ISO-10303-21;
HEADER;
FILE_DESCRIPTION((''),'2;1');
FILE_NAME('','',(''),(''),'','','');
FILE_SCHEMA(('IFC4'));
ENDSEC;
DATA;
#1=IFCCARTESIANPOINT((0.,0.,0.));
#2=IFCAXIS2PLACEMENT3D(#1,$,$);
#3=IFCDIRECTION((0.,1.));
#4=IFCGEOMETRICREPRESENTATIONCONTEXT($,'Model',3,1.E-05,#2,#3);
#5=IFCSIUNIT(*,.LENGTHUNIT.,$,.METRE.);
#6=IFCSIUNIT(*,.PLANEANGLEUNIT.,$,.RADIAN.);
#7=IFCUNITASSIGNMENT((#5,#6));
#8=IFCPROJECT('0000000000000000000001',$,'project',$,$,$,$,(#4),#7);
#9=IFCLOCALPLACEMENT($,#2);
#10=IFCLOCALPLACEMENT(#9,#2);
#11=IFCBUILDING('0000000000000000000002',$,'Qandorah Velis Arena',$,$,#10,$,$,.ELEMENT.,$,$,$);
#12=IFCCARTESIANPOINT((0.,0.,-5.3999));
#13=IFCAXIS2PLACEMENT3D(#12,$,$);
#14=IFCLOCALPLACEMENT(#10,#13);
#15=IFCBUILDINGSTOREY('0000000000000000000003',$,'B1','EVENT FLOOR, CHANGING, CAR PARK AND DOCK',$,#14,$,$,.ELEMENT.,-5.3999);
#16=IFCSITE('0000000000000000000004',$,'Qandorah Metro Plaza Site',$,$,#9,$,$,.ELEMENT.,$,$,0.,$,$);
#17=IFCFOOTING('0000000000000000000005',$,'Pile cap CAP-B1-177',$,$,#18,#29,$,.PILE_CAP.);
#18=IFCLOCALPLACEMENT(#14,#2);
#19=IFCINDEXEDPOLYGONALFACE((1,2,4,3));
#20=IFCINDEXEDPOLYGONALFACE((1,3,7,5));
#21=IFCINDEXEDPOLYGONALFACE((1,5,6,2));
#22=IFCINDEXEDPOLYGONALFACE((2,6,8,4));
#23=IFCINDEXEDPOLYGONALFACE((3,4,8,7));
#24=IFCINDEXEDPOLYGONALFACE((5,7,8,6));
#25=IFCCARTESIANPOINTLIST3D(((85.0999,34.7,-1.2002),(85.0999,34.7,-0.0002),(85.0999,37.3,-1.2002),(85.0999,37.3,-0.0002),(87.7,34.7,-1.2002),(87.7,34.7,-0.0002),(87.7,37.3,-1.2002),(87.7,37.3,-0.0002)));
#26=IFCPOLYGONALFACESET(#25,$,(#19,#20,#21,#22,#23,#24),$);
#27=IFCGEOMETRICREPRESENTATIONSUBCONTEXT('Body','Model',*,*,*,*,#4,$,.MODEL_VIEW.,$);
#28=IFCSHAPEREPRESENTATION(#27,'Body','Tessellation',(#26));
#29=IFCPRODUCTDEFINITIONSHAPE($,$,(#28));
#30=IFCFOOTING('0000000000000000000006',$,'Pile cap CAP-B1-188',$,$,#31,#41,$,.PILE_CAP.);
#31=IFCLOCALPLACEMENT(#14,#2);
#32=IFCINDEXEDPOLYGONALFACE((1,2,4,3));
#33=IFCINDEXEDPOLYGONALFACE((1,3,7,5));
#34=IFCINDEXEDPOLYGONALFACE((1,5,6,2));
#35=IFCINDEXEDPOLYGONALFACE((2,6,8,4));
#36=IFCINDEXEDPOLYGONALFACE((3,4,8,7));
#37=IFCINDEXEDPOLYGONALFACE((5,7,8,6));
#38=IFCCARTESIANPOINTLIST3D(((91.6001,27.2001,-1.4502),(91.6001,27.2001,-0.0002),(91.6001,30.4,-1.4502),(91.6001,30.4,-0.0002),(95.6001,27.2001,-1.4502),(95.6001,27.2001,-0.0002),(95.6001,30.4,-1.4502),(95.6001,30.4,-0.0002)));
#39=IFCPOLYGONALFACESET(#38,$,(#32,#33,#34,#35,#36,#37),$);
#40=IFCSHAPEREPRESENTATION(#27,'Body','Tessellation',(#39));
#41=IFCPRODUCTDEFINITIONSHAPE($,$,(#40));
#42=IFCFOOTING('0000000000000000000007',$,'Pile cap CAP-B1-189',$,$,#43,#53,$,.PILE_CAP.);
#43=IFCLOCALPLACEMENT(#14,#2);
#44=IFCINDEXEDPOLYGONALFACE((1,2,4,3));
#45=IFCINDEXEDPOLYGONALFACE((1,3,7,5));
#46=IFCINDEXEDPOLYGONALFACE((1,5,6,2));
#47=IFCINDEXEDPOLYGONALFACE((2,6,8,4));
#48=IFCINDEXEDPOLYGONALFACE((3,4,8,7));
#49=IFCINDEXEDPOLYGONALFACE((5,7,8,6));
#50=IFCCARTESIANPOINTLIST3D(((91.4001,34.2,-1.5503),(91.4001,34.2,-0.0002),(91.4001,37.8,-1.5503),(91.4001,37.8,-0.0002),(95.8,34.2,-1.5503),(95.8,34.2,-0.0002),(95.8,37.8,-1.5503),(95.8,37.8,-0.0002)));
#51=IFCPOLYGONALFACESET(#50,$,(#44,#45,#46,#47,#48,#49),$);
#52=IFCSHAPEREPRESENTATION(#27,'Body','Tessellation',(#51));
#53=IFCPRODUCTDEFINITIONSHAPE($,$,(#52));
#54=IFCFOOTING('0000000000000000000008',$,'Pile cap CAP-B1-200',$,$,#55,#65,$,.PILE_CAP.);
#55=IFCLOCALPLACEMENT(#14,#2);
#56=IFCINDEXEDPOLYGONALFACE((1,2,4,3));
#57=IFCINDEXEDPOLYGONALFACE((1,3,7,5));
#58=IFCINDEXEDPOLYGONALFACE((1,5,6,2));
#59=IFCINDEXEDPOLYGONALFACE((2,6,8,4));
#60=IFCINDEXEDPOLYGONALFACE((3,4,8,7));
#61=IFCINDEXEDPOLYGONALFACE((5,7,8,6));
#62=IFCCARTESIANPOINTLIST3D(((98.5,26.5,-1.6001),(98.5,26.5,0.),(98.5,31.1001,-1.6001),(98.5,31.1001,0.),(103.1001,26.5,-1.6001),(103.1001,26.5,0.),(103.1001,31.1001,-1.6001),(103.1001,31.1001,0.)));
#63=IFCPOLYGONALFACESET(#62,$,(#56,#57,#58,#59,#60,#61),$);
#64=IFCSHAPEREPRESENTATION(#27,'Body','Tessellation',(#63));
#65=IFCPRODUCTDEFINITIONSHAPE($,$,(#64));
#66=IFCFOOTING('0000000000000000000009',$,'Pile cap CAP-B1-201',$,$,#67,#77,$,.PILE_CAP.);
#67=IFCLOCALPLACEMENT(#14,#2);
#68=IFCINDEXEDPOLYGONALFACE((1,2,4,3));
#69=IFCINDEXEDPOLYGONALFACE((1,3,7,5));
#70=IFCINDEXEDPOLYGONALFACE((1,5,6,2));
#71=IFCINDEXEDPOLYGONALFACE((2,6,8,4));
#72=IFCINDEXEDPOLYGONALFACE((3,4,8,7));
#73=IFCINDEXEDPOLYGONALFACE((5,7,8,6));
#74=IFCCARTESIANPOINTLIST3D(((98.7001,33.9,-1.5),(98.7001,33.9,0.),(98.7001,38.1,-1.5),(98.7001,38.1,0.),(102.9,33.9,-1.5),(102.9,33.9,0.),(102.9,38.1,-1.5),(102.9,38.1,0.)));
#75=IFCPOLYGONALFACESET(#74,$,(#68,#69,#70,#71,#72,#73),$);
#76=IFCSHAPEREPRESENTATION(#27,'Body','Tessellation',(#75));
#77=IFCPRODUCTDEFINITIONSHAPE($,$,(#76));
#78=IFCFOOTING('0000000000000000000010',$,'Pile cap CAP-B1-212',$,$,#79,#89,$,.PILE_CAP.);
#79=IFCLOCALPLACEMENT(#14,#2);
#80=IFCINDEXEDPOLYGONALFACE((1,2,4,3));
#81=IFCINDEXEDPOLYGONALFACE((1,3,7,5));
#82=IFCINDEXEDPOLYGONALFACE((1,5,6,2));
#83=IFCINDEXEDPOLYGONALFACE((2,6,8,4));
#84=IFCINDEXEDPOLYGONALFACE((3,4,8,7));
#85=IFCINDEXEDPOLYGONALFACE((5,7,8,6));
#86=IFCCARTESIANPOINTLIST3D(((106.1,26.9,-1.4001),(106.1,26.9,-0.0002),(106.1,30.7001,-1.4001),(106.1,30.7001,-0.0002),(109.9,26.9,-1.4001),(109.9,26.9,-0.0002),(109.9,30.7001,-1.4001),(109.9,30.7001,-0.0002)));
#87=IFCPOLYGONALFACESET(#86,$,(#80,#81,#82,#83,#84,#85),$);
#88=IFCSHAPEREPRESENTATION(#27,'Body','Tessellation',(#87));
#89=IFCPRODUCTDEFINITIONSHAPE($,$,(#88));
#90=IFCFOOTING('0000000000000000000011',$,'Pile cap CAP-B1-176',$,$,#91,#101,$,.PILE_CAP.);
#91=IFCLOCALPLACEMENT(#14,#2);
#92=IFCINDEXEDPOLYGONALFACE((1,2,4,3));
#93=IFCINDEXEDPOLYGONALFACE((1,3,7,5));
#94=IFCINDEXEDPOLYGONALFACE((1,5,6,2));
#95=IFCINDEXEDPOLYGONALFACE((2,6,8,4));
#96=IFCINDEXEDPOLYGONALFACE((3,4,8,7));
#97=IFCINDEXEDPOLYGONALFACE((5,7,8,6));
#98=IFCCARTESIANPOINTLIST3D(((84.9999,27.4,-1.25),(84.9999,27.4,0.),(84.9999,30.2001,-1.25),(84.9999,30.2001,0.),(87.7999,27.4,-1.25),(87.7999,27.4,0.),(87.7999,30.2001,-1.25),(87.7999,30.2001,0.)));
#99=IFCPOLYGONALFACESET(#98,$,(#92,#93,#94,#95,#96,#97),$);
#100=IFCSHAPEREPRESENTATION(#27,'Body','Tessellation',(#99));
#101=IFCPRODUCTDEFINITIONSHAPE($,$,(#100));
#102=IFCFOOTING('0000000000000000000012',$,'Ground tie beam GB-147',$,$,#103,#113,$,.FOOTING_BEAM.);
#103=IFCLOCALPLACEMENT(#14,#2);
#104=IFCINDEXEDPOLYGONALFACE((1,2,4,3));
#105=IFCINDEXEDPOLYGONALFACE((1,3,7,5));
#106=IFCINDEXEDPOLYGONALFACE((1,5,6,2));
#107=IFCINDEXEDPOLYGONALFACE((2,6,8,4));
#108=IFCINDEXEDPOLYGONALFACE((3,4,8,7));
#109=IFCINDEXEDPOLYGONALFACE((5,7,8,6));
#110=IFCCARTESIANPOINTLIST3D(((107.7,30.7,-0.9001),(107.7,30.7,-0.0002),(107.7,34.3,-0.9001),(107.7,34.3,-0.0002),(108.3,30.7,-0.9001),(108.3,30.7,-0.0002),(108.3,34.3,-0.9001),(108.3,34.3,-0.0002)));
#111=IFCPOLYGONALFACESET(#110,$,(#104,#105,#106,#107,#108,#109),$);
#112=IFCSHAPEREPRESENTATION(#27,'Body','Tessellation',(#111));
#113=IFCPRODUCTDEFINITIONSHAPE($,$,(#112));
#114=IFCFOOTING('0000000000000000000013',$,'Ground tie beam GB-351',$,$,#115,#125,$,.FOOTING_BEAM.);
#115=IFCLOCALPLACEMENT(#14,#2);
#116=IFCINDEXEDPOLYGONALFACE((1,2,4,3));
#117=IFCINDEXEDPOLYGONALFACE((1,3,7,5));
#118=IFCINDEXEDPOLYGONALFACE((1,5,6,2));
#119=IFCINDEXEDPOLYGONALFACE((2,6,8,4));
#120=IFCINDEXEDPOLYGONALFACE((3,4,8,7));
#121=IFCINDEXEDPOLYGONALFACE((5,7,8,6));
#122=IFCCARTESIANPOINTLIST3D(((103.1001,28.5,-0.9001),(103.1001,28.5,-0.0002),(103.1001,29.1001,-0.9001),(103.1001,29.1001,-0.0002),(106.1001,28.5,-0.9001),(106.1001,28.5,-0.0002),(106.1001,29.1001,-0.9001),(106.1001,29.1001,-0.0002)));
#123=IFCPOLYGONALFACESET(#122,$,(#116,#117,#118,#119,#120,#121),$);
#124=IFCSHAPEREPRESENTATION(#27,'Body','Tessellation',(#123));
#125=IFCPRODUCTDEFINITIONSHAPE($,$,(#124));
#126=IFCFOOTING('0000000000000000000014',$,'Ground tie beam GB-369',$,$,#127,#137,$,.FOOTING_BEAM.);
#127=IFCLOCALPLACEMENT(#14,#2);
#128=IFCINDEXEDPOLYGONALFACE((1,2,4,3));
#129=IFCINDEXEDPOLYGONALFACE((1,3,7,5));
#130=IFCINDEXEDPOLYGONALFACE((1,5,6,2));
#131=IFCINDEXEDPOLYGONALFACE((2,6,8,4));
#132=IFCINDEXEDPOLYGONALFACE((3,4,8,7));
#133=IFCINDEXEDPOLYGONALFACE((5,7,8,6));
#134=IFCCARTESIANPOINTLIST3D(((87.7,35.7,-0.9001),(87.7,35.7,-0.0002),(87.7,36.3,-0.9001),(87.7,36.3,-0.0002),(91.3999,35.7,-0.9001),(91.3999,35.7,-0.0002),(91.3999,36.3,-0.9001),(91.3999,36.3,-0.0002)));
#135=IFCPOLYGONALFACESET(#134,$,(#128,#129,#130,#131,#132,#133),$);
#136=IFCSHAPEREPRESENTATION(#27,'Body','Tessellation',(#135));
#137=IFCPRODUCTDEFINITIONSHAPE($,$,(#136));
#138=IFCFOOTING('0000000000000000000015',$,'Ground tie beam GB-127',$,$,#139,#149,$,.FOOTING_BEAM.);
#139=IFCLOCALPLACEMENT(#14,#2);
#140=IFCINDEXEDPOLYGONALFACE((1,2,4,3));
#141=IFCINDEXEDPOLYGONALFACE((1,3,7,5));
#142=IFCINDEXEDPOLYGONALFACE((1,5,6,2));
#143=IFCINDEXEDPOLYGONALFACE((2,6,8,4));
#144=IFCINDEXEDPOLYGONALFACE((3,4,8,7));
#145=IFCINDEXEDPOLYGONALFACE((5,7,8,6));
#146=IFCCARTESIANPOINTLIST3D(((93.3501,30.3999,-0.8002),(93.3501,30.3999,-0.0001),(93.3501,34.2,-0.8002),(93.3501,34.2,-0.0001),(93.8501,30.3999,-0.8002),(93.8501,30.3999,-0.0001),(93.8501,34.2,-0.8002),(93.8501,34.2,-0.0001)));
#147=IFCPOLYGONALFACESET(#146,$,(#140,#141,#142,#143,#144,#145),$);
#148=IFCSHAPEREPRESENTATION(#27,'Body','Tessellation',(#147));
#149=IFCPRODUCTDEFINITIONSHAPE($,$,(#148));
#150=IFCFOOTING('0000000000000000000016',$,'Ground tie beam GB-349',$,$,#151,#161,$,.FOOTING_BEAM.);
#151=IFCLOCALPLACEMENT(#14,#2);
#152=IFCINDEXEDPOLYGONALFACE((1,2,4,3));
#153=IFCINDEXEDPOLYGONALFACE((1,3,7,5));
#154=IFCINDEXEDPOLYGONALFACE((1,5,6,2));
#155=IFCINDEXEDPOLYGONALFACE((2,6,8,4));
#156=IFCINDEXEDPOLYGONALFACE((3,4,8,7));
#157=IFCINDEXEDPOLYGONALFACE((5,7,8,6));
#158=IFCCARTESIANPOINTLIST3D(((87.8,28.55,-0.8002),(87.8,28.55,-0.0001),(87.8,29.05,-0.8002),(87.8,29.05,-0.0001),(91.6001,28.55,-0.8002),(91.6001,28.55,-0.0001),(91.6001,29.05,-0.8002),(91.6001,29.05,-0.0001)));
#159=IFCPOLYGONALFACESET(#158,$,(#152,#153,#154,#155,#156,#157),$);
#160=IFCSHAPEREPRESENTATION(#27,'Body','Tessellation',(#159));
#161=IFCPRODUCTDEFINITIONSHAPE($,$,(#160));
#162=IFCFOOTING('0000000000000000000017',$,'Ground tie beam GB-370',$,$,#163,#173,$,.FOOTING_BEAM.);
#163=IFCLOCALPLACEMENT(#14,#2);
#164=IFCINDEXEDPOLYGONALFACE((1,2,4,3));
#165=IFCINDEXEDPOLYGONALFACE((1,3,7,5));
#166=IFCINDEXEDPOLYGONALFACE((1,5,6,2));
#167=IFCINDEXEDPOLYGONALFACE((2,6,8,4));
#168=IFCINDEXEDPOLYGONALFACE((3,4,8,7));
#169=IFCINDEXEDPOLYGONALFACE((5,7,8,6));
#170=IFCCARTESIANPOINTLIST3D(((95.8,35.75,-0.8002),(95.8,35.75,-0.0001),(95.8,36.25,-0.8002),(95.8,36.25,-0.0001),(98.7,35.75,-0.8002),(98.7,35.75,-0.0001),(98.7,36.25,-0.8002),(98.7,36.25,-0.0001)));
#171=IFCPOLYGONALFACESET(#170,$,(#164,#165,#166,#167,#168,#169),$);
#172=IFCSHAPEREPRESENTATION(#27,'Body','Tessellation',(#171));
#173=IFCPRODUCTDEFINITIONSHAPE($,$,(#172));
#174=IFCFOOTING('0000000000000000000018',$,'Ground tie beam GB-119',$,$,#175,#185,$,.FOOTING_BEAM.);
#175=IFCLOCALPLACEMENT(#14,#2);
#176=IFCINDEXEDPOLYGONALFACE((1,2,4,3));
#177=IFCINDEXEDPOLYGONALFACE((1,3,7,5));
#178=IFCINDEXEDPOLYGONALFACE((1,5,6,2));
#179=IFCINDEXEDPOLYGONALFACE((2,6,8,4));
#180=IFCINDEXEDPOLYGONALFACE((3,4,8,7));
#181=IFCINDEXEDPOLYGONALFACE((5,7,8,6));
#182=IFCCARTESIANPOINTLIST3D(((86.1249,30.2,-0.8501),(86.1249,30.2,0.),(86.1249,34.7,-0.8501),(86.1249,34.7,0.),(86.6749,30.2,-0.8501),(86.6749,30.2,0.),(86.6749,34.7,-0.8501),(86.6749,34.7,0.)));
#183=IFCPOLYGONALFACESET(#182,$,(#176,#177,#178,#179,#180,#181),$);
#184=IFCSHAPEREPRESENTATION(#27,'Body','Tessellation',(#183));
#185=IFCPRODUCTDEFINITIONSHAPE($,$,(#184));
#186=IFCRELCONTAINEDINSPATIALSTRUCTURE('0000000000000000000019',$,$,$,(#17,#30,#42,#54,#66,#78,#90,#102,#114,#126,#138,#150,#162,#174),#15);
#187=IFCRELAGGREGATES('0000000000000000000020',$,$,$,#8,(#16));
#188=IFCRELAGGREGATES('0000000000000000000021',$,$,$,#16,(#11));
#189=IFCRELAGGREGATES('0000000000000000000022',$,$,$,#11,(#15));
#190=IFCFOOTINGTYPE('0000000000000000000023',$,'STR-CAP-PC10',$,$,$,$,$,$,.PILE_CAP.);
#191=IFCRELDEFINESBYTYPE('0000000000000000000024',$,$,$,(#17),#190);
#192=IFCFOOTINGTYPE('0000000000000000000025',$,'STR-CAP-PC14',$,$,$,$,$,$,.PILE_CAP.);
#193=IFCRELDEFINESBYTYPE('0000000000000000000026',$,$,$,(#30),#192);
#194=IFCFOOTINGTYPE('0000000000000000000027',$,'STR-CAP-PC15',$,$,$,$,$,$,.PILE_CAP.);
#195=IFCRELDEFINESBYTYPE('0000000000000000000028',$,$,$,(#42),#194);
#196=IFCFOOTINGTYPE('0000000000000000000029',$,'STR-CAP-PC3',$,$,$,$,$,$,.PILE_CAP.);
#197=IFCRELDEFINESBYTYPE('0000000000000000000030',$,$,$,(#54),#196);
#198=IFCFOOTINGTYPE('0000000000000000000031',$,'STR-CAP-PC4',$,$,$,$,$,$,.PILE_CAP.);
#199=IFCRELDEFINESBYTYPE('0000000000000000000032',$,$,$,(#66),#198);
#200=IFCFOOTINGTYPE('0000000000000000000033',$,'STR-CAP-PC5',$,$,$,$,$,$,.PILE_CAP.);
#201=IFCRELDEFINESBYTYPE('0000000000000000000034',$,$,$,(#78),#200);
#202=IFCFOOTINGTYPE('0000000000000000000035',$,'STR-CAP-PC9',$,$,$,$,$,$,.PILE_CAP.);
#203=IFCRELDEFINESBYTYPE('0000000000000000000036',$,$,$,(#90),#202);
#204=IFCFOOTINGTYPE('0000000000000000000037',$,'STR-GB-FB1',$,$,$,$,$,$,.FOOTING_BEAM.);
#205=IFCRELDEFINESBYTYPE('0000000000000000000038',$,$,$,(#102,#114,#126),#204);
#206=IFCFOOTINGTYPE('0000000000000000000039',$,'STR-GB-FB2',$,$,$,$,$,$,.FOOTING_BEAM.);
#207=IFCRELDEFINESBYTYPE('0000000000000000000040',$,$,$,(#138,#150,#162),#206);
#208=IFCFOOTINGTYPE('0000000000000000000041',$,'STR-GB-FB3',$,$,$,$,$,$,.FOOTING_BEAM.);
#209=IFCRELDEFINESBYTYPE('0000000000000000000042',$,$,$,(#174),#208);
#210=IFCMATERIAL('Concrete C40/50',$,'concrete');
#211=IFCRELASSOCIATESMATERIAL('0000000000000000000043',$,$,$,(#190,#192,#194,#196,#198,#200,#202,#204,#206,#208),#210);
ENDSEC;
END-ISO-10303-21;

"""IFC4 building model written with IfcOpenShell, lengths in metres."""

from ifc_helpers import new_model, si_unit, direction, frame, origin, origin_2d, place, context, subcontext, project, spatial, rectangle, extrude, material, material_profile, profile_set, type_object, element, save


model = new_model("IFC4")

# Units and contexts
model_context = context("Model", 3, precision=1e-05, world=origin(), true_north=direction((0.0, 1.0)))
body_context = subcontext(model_context, "Body", "Model", "MODEL_VIEW")
ifc_project = project(units=[si_unit("LENGTHUNIT", "METRE"), si_unit("PLANEANGLEUNIT", "RADIAN")], contexts=[model_context])

# Site, building, storey
site_placement = place(None, origin())
site = spatial("IfcSite", under=ifc_project, at=site_placement, Name="Qandorah Metro Plaza Site", CompositionType="ELEMENT", RefElevation=0.0)
building_placement = place(site_placement, origin())
building = spatial("IfcBuilding", under=site, at=building_placement, Name="Qandorah Velis Arena", CompositionType="ELEMENT")
storey_placement = place(building_placement, frame((0.0, 0.0, -5.3999)))
storey = spatial("IfcBuildingStorey", under=building, at=storey_placement, Name="B1", Description="EVENT FLOOR, CHANGING, CAR PARK AND DOCK", CompositionType="ELEMENT", Elevation=-5.3999)

# Footings
ifc_material_1 = material(Name="Concrete C40/50", Category="concrete")
footing_type_1 = type_object("IfcFootingType", Name="STR-CAP-PC10", PredefinedType="PILE_CAP", material=ifc_material_1)
footing_1_placement = place(storey_placement, frame((86.3999, 36.0, -1.2002), z_axis=(0.0, 0.0, 1.0), x_axis=(1.0, 0.0, 0.0)))
element("IfcFooting", 1, at=footing_1_placement, inside=storey, type_object=footing_type_1, Name="Pile cap CAP-B1-177", PredefinedType="PILE_CAP", context=body_context, shape_type="SweptSolid", body=[
    extrude(rectangle(XDim=2.6001, YDim=2.6001, at=origin_2d()), origin(), (0.0, 0.0, 1.0), 1.2),
])
footing_type_2 = type_object("IfcFootingType", Name="STR-CAP-PC14", PredefinedType="PILE_CAP", material=ifc_material_1)
footing_2_placement = place(storey_placement, frame((93.6001, 28.8, -1.4502), z_axis=(0.0, 0.0, 1.0), x_axis=(1.0, 0.0, 0.0)))
element("IfcFooting", 2, at=footing_2_placement, inside=storey, type_object=footing_type_2, Name="Pile cap CAP-B1-188", PredefinedType="PILE_CAP", context=body_context, shape_type="SweptSolid", body=[
    extrude(rectangle(XDim=4.0, YDim=3.2, at=origin_2d()), origin(), (0.0, 0.0, 1.0), 1.45),
])
footing_type_3 = type_object("IfcFootingType", Name="STR-CAP-PC15", PredefinedType="PILE_CAP", material=ifc_material_1)
footing_3_placement = place(storey_placement, frame((93.6001, 36.0, -1.5503), z_axis=(0.0, 0.0, 1.0), x_axis=(1.0, 0.0, 0.0)))
element("IfcFooting", 3, at=footing_3_placement, inside=storey, type_object=footing_type_3, Name="Pile cap CAP-B1-189", PredefinedType="PILE_CAP", context=body_context, shape_type="SweptSolid", body=[
    extrude(rectangle(XDim=4.3999, YDim=3.6001, at=origin_2d()), origin(), (0.0, 0.0, 1.0), 1.55),
])
footing_type_4 = type_object("IfcFootingType", Name="STR-CAP-PC3", PredefinedType="PILE_CAP", material=ifc_material_1)
footing_4_placement = place(storey_placement, frame((100.8, 28.8, -1.6001), z_axis=(0.0, 0.0, 1.0), x_axis=(1.0, 0.0, 0.0)))
element("IfcFooting", 4, at=footing_4_placement, inside=storey, type_object=footing_type_4, Name="Pile cap CAP-B1-200", PredefinedType="PILE_CAP", context=body_context, shape_type="SweptSolid", body=[
    extrude(rectangle(XDim=4.6001, YDim=4.6001, at=origin_2d()), origin(), (0.0, 0.0, 1.0), 1.6001),
])
footing_type_5 = type_object("IfcFootingType", Name="STR-CAP-PC4", PredefinedType="PILE_CAP", material=ifc_material_1)
footing_5_placement = place(storey_placement, frame((100.8, 36.0, -1.5), z_axis=(0.0, 0.0, 1.0), x_axis=(1.0, 0.0, 0.0)))
element("IfcFooting", 5, at=footing_5_placement, inside=storey, type_object=footing_type_5, Name="Pile cap CAP-B1-201", PredefinedType="PILE_CAP", context=body_context, shape_type="SweptSolid", body=[
    extrude(rectangle(XDim=4.2, YDim=4.2, at=origin_2d()), origin(), (0.0, 0.0, 1.0), 1.5),
])
footing_type_6 = type_object("IfcFootingType", Name="STR-CAP-PC5", PredefinedType="PILE_CAP", material=ifc_material_1)
footing_6_placement = place(storey_placement, frame((108.0, 28.8, -1.4001), z_axis=(0.0, 0.0, 1.0), x_axis=(1.0, 0.0, 0.0)))
element("IfcFooting", 6, at=footing_6_placement, inside=storey, type_object=footing_type_6, Name="Pile cap CAP-B1-212", PredefinedType="PILE_CAP", context=body_context, shape_type="SweptSolid", body=[
    extrude(rectangle(XDim=3.8, YDim=3.8, at=origin_2d()), origin(), (0.0, 0.0, 1.0), 1.3999),
])
footing_type_7 = type_object("IfcFootingType", Name="STR-CAP-PC9", PredefinedType="PILE_CAP", material=ifc_material_1)
footing_7_placement = place(storey_placement, frame((86.3999, 28.8, -1.25), z_axis=(0.0, 0.0, 1.0), x_axis=(1.0, 0.0, 0.0)))
element("IfcFooting", 7, at=footing_7_placement, inside=storey, type_object=footing_type_7, Name="Pile cap CAP-B1-176", PredefinedType="PILE_CAP", context=body_context, shape_type="SweptSolid", body=[
    extrude(rectangle(XDim=2.8, YDim=2.8, at=origin_2d()), origin(), (0.0, 0.0, 1.0), 1.25),
])
ifc_material_profile_1 = material_profile(ifc_material_1, rectangle(XDim=0.6001, YDim=0.8999, at=origin_2d()), Name="GB1 600x900")
ifc_profile_set_1 = profile_set([ifc_material_profile_1], Name="Concrete C40/50")
footing_type_8 = type_object("IfcFootingType", Name="STR-GB-FB1", PredefinedType="FOOTING_BEAM", material=ifc_profile_set_1)
footing_8_placement = place(storey_placement, frame((108.0, 30.7, -0.4502), z_axis=(0.0, 1.0, 0.0), x_axis=(-1.0, 0.0, 0.0)))
element("IfcFooting", 8, at=footing_8_placement, inside=storey, type_object=footing_type_8, Name="Ground tie beam GB-147", PredefinedType="FOOTING_BEAM", context=body_context, shape_type="SweptSolid", body=[
    extrude(rectangle(XDim=0.6001, YDim=0.8999, at=origin_2d()), origin(), (0.0, 0.0, 1.0), 3.6001),
])
footing_9_placement = place(storey_placement, frame((103.1001, 28.8, -0.4502), z_axis=(1.0, 0.0, 0.0), x_axis=(0.0, 1.0, 0.0)))
element("IfcFooting", 9, at=footing_9_placement, inside=storey, type_object=footing_type_8, Name="Ground tie beam GB-351", PredefinedType="FOOTING_BEAM", context=body_context, shape_type="SweptSolid", body=[
    extrude(rectangle(XDim=0.6001, YDim=0.8999, at=origin_2d()), origin(), (0.0, 0.0, 1.0), 3.0),
])
footing_10_placement = place(storey_placement, frame((87.7, 36.0, -0.4502), z_axis=(1.0, 0.0, 0.0), x_axis=(0.0, 1.0, 0.0)))
element("IfcFooting", 10, at=footing_10_placement, inside=storey, type_object=footing_type_8, Name="Ground tie beam GB-369", PredefinedType="FOOTING_BEAM", context=body_context, shape_type="SweptSolid", body=[
    extrude(rectangle(XDim=0.6001, YDim=0.8999, at=origin_2d()), origin(), (0.0, 0.0, 1.0), 3.7),
])
ifc_material_profile_2 = material_profile(ifc_material_1, rectangle(XDim=0.5, YDim=0.8, at=origin_2d()), Name="GB2 500x800")
ifc_profile_set_2 = profile_set([ifc_material_profile_2], Name="Concrete C40/50")
footing_type_9 = type_object("IfcFootingType", Name="STR-GB-FB2", PredefinedType="FOOTING_BEAM", material=ifc_profile_set_2)
for number, where, z_axis, x_axis, name in (
    (11, (93.6001, 30.3999, -0.4001), (0.0, 1.0, 0.0), (-1.0, 0.0, 0.0), "Ground tie beam GB-127"),
    (12, (87.8, 28.8, -0.4001), (1.0, 0.0, 0.0), (0.0, 1.0, 0.0), "Ground tie beam GB-349"),
):
    element("IfcFooting", number, at=place(storey_placement, frame(where, z_axis=z_axis, x_axis=x_axis)), inside=storey, type_object=footing_type_9, Name=name, PredefinedType="FOOTING_BEAM", context=body_context, shape_type="SweptSolid", body=[
        extrude(rectangle(XDim=0.5, YDim=0.8, at=origin_2d()), origin(), (0.0, 0.0, 1.0), 3.8),
    ])
footing_11_placement = place(storey_placement, frame((95.8, 36.0, -0.4001), z_axis=(1.0, 0.0, 0.0), x_axis=(0.0, 1.0, 0.0)))
element("IfcFooting", 13, at=footing_11_placement, inside=storey, type_object=footing_type_9, Name="Ground tie beam GB-370", PredefinedType="FOOTING_BEAM", context=body_context, shape_type="SweptSolid", body=[
    extrude(rectangle(XDim=0.5, YDim=0.8, at=origin_2d()), origin(), (0.0, 0.0, 1.0), 2.8999),
])
ifc_material_profile_3 = material_profile(ifc_material_1, rectangle(XDim=0.55, YDim=0.8501, at=origin_2d()), Name="GB3 550x850")
ifc_profile_set_3 = profile_set([ifc_material_profile_3], Name="Concrete C40/50")
footing_type_10 = type_object("IfcFootingType", Name="STR-GB-FB3", PredefinedType="FOOTING_BEAM", material=ifc_profile_set_3)
footing_12_placement = place(storey_placement, frame((86.3999, 30.2, -0.425), z_axis=(0.0, 1.0, 0.0), x_axis=(-1.0, 0.0, 0.0)))
element("IfcFooting", 14, at=footing_12_placement, inside=storey, type_object=footing_type_10, Name="Ground tie beam GB-119", PredefinedType="FOOTING_BEAM", context=body_context, shape_type="SweptSolid", body=[
    extrude(rectangle(XDim=0.55, YDim=0.8501, at=origin_2d()), origin(), (0.0, 0.0, 1.0), 4.5),
])

save(model, "model.ifc")
